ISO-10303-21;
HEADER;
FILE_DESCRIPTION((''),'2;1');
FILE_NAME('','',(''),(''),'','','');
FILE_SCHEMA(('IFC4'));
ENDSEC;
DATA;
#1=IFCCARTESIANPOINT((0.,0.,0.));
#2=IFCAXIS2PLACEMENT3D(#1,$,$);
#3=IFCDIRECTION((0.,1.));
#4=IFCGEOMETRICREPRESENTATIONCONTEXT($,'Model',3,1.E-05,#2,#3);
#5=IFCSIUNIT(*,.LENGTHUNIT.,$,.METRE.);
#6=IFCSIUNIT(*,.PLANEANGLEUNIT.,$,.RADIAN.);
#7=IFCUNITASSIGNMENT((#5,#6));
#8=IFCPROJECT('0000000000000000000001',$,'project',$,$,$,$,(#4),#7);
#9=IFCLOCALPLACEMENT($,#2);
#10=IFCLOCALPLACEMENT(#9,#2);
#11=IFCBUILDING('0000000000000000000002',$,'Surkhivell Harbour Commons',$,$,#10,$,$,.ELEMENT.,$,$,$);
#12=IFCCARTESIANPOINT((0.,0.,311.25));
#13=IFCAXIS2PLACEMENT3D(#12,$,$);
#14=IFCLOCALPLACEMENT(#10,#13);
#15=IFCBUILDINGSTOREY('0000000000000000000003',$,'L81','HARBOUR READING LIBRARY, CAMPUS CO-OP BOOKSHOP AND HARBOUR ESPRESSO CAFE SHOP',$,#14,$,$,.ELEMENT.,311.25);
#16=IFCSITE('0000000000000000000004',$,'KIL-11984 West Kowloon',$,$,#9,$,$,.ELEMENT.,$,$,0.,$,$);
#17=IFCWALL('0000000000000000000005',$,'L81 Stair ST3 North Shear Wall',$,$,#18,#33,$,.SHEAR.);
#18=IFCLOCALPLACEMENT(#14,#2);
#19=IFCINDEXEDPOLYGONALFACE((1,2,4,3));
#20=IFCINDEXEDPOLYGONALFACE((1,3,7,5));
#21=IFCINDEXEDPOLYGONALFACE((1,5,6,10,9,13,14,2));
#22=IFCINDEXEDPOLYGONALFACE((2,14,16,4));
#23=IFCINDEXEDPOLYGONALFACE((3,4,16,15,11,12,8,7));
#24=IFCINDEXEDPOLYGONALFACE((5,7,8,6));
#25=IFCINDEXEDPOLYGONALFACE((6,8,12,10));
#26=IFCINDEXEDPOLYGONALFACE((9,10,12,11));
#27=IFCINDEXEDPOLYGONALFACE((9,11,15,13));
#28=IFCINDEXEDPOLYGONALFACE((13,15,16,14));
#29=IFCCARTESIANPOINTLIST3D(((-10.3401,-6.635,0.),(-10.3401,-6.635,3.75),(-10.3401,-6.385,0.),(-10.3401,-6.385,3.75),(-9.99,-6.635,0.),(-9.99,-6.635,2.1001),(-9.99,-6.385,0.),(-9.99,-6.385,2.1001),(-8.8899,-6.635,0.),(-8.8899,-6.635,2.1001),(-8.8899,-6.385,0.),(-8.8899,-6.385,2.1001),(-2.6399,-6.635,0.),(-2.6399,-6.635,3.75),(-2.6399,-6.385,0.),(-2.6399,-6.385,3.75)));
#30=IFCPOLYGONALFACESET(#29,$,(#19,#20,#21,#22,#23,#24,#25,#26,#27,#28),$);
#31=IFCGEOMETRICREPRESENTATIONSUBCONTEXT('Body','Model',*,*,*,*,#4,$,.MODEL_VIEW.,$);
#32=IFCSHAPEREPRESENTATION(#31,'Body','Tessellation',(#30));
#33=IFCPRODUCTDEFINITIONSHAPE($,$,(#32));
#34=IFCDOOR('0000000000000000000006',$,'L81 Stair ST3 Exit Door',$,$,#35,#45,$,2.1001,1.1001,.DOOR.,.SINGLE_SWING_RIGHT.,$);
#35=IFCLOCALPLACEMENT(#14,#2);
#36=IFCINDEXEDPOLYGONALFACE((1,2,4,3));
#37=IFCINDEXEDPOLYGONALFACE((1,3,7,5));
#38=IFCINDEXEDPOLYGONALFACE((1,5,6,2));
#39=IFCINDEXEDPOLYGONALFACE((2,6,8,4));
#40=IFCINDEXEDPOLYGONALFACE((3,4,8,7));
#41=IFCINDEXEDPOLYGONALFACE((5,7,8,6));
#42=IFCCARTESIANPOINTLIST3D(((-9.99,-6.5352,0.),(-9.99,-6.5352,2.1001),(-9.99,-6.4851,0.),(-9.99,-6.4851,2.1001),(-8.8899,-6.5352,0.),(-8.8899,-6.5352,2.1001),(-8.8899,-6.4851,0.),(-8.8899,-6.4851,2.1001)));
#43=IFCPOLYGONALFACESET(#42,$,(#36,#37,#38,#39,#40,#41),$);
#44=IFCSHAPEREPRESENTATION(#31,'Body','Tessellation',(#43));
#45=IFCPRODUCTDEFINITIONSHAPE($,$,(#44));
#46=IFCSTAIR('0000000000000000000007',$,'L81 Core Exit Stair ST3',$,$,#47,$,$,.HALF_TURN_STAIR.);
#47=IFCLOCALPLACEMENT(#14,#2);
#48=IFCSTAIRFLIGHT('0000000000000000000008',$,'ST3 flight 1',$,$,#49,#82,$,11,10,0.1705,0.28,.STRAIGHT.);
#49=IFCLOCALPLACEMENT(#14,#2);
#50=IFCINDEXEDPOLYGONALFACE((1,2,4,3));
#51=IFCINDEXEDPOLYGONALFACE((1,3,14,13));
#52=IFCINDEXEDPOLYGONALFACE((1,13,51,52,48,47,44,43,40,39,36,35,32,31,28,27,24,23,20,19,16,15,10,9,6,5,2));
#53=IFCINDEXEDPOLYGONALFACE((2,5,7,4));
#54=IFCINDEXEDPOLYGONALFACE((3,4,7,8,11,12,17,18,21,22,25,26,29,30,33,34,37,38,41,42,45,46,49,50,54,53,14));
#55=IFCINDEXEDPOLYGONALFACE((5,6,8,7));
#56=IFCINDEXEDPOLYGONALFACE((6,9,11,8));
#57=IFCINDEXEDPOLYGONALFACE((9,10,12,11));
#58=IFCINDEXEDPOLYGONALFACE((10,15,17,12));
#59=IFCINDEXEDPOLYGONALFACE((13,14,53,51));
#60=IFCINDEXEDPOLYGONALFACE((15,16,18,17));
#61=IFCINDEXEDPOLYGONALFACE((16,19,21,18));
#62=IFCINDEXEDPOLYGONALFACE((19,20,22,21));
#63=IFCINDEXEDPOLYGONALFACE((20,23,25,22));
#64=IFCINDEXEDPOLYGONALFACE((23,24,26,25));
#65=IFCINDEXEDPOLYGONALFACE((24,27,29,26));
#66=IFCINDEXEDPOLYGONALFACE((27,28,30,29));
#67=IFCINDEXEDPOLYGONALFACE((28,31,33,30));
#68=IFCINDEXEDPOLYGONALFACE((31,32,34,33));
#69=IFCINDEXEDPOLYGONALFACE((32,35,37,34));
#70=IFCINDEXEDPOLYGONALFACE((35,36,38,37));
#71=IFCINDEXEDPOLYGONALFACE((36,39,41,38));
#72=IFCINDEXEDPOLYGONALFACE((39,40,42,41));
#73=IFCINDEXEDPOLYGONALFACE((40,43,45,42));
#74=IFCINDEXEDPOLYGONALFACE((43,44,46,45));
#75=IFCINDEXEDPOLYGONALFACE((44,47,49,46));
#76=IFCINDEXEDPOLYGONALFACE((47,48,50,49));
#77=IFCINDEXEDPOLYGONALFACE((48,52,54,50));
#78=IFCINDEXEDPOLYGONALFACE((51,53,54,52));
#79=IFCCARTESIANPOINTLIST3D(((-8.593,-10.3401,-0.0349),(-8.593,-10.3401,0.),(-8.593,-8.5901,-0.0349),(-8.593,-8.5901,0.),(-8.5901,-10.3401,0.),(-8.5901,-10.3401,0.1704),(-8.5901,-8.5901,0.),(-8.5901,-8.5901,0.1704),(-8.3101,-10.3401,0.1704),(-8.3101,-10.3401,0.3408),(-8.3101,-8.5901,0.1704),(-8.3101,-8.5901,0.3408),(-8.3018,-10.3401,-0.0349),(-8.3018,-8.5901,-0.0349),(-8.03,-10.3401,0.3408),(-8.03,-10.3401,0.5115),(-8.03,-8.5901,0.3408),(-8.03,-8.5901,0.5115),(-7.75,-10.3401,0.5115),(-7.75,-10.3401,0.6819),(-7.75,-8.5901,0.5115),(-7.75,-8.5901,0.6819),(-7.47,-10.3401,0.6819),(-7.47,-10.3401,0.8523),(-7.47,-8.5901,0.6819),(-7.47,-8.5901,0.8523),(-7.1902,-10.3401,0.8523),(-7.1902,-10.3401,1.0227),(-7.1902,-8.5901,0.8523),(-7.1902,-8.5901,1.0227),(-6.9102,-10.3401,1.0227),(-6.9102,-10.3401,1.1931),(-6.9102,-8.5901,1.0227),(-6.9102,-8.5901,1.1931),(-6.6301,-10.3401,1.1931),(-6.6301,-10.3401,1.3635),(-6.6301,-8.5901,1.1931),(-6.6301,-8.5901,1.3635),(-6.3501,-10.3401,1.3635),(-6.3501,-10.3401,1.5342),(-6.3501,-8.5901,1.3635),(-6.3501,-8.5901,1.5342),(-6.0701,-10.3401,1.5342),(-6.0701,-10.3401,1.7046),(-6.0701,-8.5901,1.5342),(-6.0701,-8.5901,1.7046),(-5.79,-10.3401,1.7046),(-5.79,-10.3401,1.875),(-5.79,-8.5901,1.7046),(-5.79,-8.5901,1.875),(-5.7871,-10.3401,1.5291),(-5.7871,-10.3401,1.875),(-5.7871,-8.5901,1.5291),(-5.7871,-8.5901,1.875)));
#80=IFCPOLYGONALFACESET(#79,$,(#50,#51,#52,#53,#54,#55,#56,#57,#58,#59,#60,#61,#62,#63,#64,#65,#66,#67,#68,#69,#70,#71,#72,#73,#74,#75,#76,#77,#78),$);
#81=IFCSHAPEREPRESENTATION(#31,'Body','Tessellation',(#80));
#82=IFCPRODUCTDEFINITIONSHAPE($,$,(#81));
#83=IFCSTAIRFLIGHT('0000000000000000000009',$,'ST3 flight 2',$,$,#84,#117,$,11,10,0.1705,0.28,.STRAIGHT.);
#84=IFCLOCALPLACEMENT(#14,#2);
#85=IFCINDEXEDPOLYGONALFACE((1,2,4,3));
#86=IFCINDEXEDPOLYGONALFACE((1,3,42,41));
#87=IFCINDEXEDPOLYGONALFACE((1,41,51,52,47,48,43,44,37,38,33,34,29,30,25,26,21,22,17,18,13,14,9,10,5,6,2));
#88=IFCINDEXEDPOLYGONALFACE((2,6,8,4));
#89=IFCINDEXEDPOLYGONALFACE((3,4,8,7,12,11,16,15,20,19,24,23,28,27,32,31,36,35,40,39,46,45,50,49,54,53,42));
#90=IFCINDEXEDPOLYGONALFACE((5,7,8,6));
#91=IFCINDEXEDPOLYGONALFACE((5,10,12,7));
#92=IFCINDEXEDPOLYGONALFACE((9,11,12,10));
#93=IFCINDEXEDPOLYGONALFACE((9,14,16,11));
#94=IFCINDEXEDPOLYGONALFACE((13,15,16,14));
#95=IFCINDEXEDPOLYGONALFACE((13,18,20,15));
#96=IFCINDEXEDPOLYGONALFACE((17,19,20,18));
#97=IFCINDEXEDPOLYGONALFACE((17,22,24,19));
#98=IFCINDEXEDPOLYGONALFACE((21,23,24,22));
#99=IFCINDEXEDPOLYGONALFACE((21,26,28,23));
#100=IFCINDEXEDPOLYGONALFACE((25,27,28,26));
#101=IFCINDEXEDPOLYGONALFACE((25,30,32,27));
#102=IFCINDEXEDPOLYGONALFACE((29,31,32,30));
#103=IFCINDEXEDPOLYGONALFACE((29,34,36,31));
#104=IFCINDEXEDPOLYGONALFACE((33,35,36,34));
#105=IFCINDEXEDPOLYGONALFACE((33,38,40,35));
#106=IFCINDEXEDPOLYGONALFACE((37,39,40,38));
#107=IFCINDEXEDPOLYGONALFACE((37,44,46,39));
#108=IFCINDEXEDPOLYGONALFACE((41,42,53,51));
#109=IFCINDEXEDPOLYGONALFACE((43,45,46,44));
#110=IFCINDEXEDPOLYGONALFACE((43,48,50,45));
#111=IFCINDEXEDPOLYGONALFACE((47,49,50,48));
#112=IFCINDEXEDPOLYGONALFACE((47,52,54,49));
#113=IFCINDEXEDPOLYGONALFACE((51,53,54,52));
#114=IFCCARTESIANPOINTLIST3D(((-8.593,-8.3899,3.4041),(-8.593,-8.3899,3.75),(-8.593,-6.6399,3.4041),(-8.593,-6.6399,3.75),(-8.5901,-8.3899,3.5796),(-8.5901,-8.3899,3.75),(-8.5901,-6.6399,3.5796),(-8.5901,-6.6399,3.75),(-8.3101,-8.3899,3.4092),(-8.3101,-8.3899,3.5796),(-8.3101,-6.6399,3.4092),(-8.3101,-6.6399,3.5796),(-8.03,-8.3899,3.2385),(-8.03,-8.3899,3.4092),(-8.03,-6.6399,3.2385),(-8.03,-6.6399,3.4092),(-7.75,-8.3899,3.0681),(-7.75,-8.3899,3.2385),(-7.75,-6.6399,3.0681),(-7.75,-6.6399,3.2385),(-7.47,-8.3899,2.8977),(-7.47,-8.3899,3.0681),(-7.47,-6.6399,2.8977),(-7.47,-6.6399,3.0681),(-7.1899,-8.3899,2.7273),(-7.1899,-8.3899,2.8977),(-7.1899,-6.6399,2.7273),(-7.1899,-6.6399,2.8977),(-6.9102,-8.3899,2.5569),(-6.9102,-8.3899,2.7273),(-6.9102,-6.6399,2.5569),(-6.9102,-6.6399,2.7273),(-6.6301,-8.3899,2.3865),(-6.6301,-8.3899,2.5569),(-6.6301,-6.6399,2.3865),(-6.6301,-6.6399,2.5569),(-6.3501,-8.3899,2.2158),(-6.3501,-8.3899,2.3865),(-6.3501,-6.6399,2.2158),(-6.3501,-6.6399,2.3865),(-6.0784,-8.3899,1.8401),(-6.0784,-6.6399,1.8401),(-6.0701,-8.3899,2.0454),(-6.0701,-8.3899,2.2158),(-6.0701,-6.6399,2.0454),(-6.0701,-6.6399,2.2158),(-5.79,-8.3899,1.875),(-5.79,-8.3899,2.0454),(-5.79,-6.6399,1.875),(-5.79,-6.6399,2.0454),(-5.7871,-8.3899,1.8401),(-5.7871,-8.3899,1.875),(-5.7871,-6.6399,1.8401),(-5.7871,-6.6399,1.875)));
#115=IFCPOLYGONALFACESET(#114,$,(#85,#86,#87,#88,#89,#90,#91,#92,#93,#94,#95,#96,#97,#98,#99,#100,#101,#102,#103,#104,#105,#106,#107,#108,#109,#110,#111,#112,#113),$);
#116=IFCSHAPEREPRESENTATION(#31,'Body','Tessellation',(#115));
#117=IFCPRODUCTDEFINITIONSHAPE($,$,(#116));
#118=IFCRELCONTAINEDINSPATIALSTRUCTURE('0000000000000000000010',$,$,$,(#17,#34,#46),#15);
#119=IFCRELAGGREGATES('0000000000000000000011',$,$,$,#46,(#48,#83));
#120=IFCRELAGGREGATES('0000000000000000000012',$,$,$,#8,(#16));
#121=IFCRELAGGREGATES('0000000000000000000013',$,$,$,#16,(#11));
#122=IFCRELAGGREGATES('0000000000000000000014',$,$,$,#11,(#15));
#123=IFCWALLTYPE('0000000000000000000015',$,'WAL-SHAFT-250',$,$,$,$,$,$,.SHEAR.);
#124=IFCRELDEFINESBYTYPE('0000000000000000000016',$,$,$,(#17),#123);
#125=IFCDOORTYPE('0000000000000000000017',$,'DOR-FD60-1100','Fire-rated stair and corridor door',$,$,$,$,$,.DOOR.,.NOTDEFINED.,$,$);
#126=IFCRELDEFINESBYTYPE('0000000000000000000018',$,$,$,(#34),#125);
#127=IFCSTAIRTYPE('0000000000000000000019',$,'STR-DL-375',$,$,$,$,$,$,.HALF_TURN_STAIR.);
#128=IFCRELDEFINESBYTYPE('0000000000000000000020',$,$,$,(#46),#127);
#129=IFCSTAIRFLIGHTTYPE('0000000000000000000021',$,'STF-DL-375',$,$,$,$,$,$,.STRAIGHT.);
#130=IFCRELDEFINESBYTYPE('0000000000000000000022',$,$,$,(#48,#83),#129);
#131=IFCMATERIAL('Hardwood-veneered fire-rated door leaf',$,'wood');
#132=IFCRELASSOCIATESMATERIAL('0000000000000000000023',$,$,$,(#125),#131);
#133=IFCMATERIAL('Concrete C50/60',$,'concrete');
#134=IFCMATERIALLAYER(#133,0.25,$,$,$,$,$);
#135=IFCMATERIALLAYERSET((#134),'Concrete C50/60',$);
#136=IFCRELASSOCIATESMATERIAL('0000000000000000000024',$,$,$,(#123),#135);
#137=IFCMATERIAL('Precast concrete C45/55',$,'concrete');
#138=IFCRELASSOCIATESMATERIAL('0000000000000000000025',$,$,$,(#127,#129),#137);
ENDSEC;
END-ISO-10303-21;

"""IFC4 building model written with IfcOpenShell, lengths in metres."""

from ifc_helpers import new_model, si_unit, direction, frame, frame_2d, origin, place, context, subcontext, project, spatial, polyline, rectangle, outline, extrude, material, layer, layer_set, type_object, element, fill, aggregate, save


model = new_model("IFC4")

# Units and contexts
model_context = context("Model", 3, precision=1e-05, world=origin(), true_north=direction((0.0, 1.0)))
body_context = subcontext(model_context, "Body", "Model", "MODEL_VIEW")
ifc_project = project(units=[si_unit("LENGTHUNIT", "METRE"), si_unit("PLANEANGLEUNIT", "RADIAN")], contexts=[model_context])

# Site, building, storey
site_placement = place(None, origin())
site = spatial("IfcSite", under=ifc_project, at=site_placement, Name="KIL-11984 West Kowloon", CompositionType="ELEMENT", RefElevation=0.0)
building_placement = place(site_placement, origin())
building = spatial("IfcBuilding", under=site, at=building_placement, Name="Surkhivell Harbour Commons", CompositionType="ELEMENT")
storey_placement = place(building_placement, frame((0.0, 0.0, 311.25)))
storey = spatial("IfcBuildingStorey", under=building, at=storey_placement, Name="L81", Description="HARBOUR READING LIBRARY, CAMPUS CO-OP BOOKSHOP AND HARBOUR ESPRESSO CAFE SHOP", CompositionType="ELEMENT", Elevation=311.25)

# Shared definitions
ifc_material_1 = material(Name="Concrete C50/60", Category="concrete")

# Shared definitions
ifc_material_2 = material(Name="Hardwood-veneered fire-rated door leaf", Category="wood")
door_type_1 = type_object("IfcDoorType", Name="DOR-FD60-1100", Description="Fire-rated stair and corridor door", OperationType="NOTDEFINED", PredefinedType="DOOR", material=ifc_material_2)

# Shared definitions
ifc_layer_1 = layer(ifc_material_1, 0.25)
ifc_layer_set_1 = layer_set([ifc_layer_1], Name="Concrete C50/60")
wall_type_1 = type_object("IfcWallType", Name="WAL-SHAFT-250", PredefinedType="SHEAR", material=ifc_layer_set_1)

# Wall, opening, door
wall_1_placement = place(storey_placement, frame((-10.3401, -6.51, 0.0), z_axis=(0.0, 0.0, 1.0), x_axis=(1.0, 0.0, 0.0)))
wall_1 = element("IfcWall", 1, at=wall_1_placement, inside=storey, type_object=wall_type_1, Name="L81 Stair ST3 North Shear Wall", PredefinedType="SHEAR", context=body_context, shape_type="SweptSolid", body=[
    extrude(rectangle(XDim=7.7002, YDim=0.25, at=frame_2d((3.8501, 0.0))), origin(), (0.0, 0.0, 1.0), 3.75),
])
opening_1_placement = place(wall_1_placement, frame((0.3501, 0.0, 0.0)))
opening_1 = element("IfcOpeningElement", 2, at=opening_1_placement, cuts=wall_1, PredefinedType="OPENING", context=body_context, shape_type="SweptSolid", body=[
    extrude(rectangle(XDim=1.1001, YDim=2.1001, at=frame_2d((0.55, 1.05))), frame((0.0, 0.135, 0.0), z_axis=(0.0, -1.0, 0.0), x_axis=(1.0, 0.0, 0.0)), (0.0, 0.0, 1.0), 0.27),
])
door_1_placement = place(opening_1_placement, origin())
door_1 = element("IfcDoor", 3, at=door_1_placement, inside=storey, type_object=door_type_1, Name="L81 Stair ST3 Exit Door", OperationType="SINGLE_SWING_RIGHT", OverallHeight=2.1001, OverallWidth=1.1001, PredefinedType="DOOR", context=body_context, shape_type="SweptSolid", body=[
    extrude(rectangle(XDim=1.1001, YDim=2.1001, at=frame_2d((0.55, 1.05))), frame((0.0, 0.0249, 0.0), z_axis=(0.0, -1.0, 0.0), x_axis=(1.0, 0.0, 0.0)), (0.0, 0.0, 1.0), 0.05),
])
fill(opening_1, door_1)

# Stair, stair flights
ifc_material_3 = material(Name="Precast concrete C45/55", Category="concrete")
stair_type = type_object("IfcStairType", Name="STR-DL-375", PredefinedType="HALF_TURN_STAIR", material=ifc_material_3)
stair_placement = place(storey_placement, origin())
stair = element("IfcStair", 4, at=stair_placement, inside=storey, type_object=stair_type, Name="L81 Core Exit Stair ST3", PredefinedType="HALF_TURN_STAIR")
stair_flight_type = type_object("IfcStairFlightType", Name="STF-DL-375", PredefinedType="STRAIGHT", material=ifc_material_3)
stair_flight_1_placement = place(storey_placement, frame((-8.5901, -9.4651, 0.0), z_axis=(0.0, 0.0, 1.0), x_axis=(1.0, 0.0, 0.0)))
stair_flight_1 = element("IfcStairFlight", 5, at=stair_flight_1_placement, type_object=stair_flight_type, Name="ST3 flight 1", NumberOfRisers=11, NumberOfTreads=10, PredefinedType="STRAIGHT", RiserHeight=0.1705, TreadLength=0.28, context=body_context, shape_type="SweptSolid", body=[
    extrude(outline(polyline([(-0.0029, -0.0349), (-0.0029, 0.0), (0.0, 0.0), (0.0, 0.1704), (0.28, 0.1704), (0.28, 0.3408), (0.5601, 0.3408), (0.5601, 0.5115), (0.8401, 0.5115), (0.8401, 0.6819), (1.1201, 0.6819), (1.1201, 0.8523), (1.3999, 0.8523), (1.3999, 1.0227), (1.6799, 1.0227), (1.6799, 1.1931), (1.96, 1.1931), (1.96, 1.3635), (2.24, 1.3635), (2.24, 1.5342), (2.52, 1.5342), (2.52, 1.7046), (2.8, 1.7046), (2.8, 1.875), (2.803, 1.875), (2.803, 1.5291), (0.2883, -0.0349), (-0.0029, -0.0349)])), frame((0.0, 0.875, 0.0), z_axis=(0.0, -1.0, 0.0), x_axis=(1.0, 0.0, 0.0)), (0.0, 0.0, 1.0), 1.75),
])
stair_flight_2_placement = place(storey_placement, frame((-5.79, -7.5149, 1.875), z_axis=(0.0, 0.0, 1.0), x_axis=(-1.0, 0.0, 0.0)))
stair_flight_2 = element("IfcStairFlight", 6, at=stair_flight_2_placement, type_object=stair_flight_type, Name="ST3 flight 2", NumberOfRisers=11, NumberOfTreads=10, PredefinedType="STRAIGHT", RiserHeight=0.1705, TreadLength=0.28, context=body_context, shape_type="SweptSolid", body=[
    extrude(outline(polyline([(-0.0029, -0.0349), (-0.0029, 0.0), (0.0, 0.0), (0.0, 0.1704), (0.28, 0.1704), (0.28, 0.3408), (0.5601, 0.3408), (0.5601, 0.5115), (0.8401, 0.5115), (0.8401, 0.6819), (1.1201, 0.6819), (1.1201, 0.8523), (1.3999, 0.8523), (1.3999, 1.0227), (1.6799, 1.0227), (1.6799, 1.1931), (1.96, 1.1931), (1.96, 1.3635), (2.24, 1.3635), (2.24, 1.5342), (2.52, 1.5342), (2.52, 1.7046), (2.8, 1.7046), (2.8, 1.875), (2.803, 1.875), (2.803, 1.5291), (0.2883, -0.0349), (-0.0029, -0.0349)])), frame((0.0, 0.875, 0.0), z_axis=(0.0, -1.0, 0.0), x_axis=(1.0, 0.0, 0.0)), (0.0, 0.0, 1.0), 1.75),
])
aggregate(stair, [stair_flight_1, stair_flight_2])

save(model, "model.ifc")
